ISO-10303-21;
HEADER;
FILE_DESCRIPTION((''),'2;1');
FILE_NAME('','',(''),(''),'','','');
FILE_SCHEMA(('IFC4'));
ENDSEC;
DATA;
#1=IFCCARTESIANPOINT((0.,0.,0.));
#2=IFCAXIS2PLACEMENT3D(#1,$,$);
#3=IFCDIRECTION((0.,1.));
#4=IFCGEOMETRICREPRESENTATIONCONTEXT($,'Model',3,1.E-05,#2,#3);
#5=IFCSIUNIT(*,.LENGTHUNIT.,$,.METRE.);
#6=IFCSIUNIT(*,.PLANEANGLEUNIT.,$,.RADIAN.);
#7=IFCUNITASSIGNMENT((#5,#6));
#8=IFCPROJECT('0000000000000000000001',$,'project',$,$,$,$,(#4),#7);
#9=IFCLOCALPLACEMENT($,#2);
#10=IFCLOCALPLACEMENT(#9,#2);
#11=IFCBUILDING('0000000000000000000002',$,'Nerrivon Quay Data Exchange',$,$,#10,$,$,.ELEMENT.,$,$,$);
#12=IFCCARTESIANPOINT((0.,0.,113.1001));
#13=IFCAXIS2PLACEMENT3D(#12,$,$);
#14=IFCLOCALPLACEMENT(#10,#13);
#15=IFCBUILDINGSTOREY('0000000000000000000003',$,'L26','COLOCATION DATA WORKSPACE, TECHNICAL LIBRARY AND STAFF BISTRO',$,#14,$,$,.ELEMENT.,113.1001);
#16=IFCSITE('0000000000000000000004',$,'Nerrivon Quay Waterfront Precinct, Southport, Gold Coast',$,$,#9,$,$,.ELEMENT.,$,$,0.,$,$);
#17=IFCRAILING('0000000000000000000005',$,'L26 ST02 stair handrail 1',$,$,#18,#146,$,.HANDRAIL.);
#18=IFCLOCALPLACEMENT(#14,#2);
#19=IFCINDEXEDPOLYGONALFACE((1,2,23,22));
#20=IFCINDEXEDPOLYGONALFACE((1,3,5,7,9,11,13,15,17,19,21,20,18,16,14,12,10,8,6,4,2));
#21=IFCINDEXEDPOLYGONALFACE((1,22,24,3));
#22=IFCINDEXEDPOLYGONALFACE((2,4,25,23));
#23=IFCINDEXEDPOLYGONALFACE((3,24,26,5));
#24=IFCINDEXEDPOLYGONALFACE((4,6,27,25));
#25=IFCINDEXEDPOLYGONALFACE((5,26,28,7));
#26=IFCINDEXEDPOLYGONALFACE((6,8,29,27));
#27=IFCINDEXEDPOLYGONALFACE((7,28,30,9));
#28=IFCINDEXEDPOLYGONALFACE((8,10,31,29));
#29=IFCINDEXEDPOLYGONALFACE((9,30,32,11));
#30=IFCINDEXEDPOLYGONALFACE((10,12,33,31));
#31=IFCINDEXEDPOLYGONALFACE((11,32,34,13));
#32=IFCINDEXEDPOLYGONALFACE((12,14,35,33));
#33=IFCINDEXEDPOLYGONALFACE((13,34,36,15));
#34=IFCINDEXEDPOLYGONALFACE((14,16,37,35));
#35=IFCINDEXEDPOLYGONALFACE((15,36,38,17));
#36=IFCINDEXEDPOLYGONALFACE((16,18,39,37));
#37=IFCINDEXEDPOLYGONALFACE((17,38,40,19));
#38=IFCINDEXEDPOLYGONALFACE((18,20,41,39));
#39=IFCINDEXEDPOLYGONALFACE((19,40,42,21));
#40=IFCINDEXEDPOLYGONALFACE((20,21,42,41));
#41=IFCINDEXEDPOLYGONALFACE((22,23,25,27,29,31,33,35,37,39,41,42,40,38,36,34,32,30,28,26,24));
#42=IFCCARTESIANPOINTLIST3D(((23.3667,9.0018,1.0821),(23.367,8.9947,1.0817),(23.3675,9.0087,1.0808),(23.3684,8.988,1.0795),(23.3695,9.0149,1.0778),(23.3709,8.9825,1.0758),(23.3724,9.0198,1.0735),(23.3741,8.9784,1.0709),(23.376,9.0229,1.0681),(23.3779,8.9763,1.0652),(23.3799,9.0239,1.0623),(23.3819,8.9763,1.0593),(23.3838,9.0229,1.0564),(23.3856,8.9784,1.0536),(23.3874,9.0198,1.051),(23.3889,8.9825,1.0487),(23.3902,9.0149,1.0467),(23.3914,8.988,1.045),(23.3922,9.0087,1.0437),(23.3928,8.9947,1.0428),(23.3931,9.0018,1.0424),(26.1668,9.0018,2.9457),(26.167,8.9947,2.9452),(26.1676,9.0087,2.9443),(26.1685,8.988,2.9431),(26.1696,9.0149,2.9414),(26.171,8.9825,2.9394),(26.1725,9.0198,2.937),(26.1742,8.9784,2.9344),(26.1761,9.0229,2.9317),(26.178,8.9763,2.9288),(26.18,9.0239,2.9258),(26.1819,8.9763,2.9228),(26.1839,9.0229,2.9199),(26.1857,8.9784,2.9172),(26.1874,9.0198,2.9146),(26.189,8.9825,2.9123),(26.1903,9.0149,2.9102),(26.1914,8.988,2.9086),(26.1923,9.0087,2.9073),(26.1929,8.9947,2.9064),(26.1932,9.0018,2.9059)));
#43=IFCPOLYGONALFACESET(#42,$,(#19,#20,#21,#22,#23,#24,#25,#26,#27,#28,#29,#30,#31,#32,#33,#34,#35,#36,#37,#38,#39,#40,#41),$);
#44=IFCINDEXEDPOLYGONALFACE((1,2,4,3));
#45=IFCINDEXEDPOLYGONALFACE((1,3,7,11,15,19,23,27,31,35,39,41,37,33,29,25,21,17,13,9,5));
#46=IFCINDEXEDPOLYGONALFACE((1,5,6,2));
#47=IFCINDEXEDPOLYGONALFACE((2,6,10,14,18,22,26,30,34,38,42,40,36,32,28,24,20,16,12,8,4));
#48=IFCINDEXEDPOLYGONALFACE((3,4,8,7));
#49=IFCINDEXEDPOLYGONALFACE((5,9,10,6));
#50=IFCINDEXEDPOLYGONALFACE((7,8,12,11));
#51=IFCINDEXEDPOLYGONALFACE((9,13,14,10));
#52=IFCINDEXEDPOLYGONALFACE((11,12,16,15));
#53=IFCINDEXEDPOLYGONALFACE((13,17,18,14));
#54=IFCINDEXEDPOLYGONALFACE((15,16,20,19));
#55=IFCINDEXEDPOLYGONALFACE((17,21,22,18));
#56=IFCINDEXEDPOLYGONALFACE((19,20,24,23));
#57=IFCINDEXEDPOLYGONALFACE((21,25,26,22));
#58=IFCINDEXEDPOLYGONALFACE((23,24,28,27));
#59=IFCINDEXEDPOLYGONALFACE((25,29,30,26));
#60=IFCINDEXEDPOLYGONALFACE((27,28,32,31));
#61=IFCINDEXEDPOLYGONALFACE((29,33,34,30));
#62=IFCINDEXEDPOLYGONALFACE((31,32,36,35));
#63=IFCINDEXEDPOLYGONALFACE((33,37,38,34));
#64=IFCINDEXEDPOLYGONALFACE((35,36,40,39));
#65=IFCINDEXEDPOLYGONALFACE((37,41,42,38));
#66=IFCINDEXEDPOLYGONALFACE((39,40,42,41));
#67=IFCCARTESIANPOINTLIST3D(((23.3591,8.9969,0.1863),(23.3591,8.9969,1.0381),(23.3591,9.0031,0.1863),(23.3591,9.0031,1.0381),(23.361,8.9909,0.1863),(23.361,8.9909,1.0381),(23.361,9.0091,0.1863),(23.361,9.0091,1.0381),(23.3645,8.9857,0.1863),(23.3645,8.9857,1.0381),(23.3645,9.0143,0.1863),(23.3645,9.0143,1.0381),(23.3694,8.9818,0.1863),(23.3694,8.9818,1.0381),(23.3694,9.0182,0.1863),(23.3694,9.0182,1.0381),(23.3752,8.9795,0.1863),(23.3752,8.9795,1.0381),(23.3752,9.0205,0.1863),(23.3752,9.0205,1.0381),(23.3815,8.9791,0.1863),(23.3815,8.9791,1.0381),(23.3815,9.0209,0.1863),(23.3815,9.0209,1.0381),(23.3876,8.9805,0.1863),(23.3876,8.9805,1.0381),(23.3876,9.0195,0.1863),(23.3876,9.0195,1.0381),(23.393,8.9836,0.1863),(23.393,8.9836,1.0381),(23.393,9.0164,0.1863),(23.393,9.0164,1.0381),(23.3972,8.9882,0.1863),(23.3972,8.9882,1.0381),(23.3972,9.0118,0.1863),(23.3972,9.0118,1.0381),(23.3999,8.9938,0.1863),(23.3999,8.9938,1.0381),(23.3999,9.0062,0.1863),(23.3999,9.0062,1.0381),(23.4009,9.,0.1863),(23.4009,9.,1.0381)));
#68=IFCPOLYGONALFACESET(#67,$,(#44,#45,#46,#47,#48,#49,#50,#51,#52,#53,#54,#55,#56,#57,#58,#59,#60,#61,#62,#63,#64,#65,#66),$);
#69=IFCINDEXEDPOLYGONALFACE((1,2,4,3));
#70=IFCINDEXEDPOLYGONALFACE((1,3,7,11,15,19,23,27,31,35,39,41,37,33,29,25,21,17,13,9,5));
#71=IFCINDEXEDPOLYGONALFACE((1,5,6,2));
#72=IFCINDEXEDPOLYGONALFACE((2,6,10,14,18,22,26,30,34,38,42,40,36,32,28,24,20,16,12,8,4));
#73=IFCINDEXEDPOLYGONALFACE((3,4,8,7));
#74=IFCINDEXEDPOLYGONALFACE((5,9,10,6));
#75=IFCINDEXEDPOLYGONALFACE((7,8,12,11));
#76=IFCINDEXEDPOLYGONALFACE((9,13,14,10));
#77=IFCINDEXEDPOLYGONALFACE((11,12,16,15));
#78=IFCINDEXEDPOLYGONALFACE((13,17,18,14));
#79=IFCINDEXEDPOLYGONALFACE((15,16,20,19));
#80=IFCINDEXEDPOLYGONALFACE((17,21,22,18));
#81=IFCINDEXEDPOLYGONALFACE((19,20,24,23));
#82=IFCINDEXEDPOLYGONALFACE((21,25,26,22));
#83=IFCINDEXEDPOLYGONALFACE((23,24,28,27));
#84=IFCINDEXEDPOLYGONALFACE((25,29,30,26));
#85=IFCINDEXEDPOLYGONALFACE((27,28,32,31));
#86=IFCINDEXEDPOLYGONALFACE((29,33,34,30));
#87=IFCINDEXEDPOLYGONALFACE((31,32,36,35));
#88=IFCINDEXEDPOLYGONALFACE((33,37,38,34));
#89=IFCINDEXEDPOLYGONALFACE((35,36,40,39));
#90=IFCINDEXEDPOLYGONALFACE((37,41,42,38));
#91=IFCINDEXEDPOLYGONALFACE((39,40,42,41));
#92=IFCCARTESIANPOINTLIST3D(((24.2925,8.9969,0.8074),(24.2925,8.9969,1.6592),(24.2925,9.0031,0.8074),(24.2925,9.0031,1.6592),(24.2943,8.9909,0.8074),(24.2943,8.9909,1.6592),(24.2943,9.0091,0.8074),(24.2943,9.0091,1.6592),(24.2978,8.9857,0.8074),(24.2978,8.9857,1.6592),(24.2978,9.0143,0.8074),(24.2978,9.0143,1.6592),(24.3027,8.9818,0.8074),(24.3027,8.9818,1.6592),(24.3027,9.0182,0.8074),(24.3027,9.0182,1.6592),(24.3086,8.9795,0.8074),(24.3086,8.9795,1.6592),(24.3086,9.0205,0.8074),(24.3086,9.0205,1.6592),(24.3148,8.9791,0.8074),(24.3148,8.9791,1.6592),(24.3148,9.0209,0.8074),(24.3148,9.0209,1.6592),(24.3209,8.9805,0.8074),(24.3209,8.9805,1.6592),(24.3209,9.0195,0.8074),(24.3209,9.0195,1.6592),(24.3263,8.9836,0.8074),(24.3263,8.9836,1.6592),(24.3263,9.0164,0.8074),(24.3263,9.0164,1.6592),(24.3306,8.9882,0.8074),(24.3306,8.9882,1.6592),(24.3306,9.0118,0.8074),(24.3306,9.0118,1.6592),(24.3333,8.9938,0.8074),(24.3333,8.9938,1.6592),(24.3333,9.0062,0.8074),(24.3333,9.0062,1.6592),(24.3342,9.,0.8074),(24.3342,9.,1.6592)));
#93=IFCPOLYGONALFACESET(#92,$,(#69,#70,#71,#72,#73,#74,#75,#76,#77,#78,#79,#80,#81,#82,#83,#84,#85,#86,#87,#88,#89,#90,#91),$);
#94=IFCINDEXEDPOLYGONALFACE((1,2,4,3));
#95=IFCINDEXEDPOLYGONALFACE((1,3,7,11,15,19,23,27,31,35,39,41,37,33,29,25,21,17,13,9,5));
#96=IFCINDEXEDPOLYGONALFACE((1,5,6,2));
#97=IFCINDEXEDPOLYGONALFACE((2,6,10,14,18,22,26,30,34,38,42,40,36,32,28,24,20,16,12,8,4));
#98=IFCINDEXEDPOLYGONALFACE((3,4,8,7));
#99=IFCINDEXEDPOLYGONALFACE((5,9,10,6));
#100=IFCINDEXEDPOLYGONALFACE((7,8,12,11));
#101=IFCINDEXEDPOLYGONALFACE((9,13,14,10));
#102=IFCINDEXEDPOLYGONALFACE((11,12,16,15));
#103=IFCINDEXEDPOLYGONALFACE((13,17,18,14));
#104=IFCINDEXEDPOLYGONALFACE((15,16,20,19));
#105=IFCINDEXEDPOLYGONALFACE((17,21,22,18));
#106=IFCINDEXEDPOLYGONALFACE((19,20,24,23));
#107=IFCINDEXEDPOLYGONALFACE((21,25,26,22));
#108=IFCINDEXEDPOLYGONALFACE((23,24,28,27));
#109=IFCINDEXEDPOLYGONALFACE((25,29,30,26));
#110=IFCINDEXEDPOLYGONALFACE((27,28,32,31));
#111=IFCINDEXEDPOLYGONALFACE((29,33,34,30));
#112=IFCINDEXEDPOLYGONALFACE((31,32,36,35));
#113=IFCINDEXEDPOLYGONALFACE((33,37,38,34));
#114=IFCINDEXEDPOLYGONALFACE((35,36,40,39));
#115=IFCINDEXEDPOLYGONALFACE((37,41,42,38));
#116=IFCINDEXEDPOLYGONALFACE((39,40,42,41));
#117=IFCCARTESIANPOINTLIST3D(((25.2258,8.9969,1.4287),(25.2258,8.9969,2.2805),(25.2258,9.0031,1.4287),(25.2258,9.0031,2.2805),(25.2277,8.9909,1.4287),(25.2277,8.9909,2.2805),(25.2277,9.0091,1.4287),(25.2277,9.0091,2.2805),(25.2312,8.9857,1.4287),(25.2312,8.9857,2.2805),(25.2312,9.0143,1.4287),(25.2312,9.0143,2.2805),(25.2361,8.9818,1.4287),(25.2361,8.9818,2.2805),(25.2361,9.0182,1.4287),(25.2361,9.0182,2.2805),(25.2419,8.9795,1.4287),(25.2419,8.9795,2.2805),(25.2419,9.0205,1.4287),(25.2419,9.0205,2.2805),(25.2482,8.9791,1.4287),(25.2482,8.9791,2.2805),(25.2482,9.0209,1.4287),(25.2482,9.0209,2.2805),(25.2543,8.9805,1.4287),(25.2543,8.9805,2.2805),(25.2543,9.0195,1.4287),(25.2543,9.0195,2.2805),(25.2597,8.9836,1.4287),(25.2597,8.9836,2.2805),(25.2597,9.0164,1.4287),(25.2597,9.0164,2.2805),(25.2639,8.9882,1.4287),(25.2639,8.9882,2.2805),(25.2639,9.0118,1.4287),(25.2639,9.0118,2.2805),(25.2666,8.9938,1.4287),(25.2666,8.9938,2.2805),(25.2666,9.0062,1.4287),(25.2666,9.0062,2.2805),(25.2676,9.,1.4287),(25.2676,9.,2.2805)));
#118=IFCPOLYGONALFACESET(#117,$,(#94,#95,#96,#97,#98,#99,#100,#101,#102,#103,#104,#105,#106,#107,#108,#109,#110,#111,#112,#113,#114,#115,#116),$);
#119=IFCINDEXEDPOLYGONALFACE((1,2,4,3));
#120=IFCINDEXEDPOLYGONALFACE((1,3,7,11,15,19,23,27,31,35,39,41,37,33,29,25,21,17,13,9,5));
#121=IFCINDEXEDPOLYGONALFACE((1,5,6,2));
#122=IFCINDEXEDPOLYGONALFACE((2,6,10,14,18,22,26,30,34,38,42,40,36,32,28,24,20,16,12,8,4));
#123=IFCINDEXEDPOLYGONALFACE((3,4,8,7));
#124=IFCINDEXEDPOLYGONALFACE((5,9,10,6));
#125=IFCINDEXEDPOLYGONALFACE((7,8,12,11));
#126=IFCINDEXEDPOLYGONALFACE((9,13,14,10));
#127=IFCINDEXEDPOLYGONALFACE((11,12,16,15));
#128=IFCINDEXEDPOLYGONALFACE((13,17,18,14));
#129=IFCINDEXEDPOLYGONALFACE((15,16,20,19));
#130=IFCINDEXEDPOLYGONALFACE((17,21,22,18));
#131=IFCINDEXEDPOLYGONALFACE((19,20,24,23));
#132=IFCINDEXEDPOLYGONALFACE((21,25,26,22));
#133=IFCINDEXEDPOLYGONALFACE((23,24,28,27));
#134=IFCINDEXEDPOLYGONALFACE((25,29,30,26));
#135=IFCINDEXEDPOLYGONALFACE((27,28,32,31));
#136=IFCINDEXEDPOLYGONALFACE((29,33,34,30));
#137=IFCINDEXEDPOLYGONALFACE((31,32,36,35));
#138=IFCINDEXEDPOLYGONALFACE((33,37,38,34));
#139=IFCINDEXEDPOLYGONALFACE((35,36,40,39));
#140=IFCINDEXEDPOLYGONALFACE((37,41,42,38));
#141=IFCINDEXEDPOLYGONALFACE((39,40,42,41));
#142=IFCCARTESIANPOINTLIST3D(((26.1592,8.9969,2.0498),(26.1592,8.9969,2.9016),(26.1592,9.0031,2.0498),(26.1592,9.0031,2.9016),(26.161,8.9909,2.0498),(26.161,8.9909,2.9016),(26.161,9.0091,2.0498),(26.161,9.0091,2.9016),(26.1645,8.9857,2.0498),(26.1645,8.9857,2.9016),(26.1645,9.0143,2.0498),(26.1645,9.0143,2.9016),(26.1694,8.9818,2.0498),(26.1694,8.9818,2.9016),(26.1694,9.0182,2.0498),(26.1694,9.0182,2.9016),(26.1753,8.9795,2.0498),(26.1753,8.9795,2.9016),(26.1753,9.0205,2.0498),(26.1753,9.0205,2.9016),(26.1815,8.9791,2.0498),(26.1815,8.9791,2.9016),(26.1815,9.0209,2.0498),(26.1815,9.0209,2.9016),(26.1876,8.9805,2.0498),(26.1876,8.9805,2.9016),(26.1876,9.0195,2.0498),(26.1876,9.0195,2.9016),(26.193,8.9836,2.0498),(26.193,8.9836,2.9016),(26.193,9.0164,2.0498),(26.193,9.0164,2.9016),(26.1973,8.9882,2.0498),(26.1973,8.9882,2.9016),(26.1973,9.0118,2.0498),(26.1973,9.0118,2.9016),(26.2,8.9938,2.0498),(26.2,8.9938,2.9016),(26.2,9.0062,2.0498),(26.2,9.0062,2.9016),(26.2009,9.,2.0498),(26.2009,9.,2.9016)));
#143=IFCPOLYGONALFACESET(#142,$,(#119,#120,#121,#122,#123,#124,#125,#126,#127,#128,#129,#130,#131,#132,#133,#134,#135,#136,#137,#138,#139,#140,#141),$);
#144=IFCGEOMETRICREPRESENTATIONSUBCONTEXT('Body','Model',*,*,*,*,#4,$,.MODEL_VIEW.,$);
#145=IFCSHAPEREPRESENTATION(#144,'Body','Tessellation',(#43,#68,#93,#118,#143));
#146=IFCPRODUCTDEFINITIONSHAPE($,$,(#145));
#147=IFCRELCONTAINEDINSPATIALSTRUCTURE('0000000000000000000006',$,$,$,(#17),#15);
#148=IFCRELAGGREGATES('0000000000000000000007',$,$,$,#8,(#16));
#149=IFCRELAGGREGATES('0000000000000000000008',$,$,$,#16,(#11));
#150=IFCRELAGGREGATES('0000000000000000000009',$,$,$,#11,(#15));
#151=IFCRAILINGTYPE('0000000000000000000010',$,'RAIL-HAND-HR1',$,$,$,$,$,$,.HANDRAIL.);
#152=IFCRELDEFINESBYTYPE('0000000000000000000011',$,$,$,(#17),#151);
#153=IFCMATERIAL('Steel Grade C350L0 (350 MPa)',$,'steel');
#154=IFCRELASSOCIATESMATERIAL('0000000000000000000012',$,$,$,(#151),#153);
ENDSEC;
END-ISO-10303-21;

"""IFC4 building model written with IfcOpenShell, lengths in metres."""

from ifc_helpers import new_model, si_unit, direction, frame, origin, origin_2d, place, context, subcontext, project, spatial, circle, extrude, material, type_object, element, save


model = new_model("IFC4")

# Units and contexts
model_context = context("Model", 3, precision=1e-05, world=origin(), true_north=direction((0.0, 1.0)))
body_context = subcontext(model_context, "Body", "Model", "MODEL_VIEW")
ifc_project = project(units=[si_unit("LENGTHUNIT", "METRE"), si_unit("PLANEANGLEUNIT", "RADIAN")], contexts=[model_context])

# Site, building, storey
site_placement = place(None, origin())
site = spatial("IfcSite", under=ifc_project, at=site_placement, Name="Nerrivon Quay Waterfront Precinct, Southport, Gold Coast", CompositionType="ELEMENT", RefElevation=0.0)
building_placement = place(site_placement, origin())
building = spatial("IfcBuilding", under=site, at=building_placement, Name="Nerrivon Quay Data Exchange", CompositionType="ELEMENT")
storey_placement = place(building_placement, frame((0.0, 0.0, 113.1001)))
storey = spatial("IfcBuildingStorey", under=building, at=storey_placement, Name="L26", Description="COLOCATION DATA WORKSPACE, TECHNICAL LIBRARY AND STAFF BISTRO", CompositionType="ELEMENT", Elevation=113.1001)

# Railing
ifc_material_1 = material(Name="Steel Grade C350L0 (350 MPa)", Category="steel")
railing_type_1 = type_object("IfcRailingType", Name="RAIL-HAND-HR1", PredefinedType="HANDRAIL", material=ifc_material_1)
railing_1_placement = place(storey_placement, frame((23.3799, 9.0, 0.1863)))
element("IfcRailing", 1, at=railing_1_placement, inside=storey, type_object=railing_type_1, Name="L26 ST02 stair handrail 1", PredefinedType="HANDRAIL", context=body_context, shape_type="SweptSolid", body=[
    extrude(circle(Radius=0.0239, at=origin_2d()), frame((0.0, 0.0, 0.876), z_axis=(0.832486, 0.0, 0.554047), x_axis=(0.0, 1.0, 0.0)), (0.0, 0.0, 1.0), 3.3635),
    extrude(circle(Radius=0.021, at=origin_2d()), origin(), (0.0, 0.0, 1.0), 0.8518),
    extrude(circle(Radius=0.021, at=origin_2d()), frame((0.9333, 0.0, 0.6211)), (0.0, 0.0, 1.0), 0.8518),
    extrude(circle(Radius=0.021, at=origin_2d()), frame((1.8667, 0.0, 1.2424)), (0.0, 0.0, 1.0), 0.8518),
    extrude(circle(Radius=0.021, at=origin_2d()), frame((2.8, 0.0, 1.8635)), (0.0, 0.0, 1.0), 0.8518),
])

save(model, "model.ifc")
